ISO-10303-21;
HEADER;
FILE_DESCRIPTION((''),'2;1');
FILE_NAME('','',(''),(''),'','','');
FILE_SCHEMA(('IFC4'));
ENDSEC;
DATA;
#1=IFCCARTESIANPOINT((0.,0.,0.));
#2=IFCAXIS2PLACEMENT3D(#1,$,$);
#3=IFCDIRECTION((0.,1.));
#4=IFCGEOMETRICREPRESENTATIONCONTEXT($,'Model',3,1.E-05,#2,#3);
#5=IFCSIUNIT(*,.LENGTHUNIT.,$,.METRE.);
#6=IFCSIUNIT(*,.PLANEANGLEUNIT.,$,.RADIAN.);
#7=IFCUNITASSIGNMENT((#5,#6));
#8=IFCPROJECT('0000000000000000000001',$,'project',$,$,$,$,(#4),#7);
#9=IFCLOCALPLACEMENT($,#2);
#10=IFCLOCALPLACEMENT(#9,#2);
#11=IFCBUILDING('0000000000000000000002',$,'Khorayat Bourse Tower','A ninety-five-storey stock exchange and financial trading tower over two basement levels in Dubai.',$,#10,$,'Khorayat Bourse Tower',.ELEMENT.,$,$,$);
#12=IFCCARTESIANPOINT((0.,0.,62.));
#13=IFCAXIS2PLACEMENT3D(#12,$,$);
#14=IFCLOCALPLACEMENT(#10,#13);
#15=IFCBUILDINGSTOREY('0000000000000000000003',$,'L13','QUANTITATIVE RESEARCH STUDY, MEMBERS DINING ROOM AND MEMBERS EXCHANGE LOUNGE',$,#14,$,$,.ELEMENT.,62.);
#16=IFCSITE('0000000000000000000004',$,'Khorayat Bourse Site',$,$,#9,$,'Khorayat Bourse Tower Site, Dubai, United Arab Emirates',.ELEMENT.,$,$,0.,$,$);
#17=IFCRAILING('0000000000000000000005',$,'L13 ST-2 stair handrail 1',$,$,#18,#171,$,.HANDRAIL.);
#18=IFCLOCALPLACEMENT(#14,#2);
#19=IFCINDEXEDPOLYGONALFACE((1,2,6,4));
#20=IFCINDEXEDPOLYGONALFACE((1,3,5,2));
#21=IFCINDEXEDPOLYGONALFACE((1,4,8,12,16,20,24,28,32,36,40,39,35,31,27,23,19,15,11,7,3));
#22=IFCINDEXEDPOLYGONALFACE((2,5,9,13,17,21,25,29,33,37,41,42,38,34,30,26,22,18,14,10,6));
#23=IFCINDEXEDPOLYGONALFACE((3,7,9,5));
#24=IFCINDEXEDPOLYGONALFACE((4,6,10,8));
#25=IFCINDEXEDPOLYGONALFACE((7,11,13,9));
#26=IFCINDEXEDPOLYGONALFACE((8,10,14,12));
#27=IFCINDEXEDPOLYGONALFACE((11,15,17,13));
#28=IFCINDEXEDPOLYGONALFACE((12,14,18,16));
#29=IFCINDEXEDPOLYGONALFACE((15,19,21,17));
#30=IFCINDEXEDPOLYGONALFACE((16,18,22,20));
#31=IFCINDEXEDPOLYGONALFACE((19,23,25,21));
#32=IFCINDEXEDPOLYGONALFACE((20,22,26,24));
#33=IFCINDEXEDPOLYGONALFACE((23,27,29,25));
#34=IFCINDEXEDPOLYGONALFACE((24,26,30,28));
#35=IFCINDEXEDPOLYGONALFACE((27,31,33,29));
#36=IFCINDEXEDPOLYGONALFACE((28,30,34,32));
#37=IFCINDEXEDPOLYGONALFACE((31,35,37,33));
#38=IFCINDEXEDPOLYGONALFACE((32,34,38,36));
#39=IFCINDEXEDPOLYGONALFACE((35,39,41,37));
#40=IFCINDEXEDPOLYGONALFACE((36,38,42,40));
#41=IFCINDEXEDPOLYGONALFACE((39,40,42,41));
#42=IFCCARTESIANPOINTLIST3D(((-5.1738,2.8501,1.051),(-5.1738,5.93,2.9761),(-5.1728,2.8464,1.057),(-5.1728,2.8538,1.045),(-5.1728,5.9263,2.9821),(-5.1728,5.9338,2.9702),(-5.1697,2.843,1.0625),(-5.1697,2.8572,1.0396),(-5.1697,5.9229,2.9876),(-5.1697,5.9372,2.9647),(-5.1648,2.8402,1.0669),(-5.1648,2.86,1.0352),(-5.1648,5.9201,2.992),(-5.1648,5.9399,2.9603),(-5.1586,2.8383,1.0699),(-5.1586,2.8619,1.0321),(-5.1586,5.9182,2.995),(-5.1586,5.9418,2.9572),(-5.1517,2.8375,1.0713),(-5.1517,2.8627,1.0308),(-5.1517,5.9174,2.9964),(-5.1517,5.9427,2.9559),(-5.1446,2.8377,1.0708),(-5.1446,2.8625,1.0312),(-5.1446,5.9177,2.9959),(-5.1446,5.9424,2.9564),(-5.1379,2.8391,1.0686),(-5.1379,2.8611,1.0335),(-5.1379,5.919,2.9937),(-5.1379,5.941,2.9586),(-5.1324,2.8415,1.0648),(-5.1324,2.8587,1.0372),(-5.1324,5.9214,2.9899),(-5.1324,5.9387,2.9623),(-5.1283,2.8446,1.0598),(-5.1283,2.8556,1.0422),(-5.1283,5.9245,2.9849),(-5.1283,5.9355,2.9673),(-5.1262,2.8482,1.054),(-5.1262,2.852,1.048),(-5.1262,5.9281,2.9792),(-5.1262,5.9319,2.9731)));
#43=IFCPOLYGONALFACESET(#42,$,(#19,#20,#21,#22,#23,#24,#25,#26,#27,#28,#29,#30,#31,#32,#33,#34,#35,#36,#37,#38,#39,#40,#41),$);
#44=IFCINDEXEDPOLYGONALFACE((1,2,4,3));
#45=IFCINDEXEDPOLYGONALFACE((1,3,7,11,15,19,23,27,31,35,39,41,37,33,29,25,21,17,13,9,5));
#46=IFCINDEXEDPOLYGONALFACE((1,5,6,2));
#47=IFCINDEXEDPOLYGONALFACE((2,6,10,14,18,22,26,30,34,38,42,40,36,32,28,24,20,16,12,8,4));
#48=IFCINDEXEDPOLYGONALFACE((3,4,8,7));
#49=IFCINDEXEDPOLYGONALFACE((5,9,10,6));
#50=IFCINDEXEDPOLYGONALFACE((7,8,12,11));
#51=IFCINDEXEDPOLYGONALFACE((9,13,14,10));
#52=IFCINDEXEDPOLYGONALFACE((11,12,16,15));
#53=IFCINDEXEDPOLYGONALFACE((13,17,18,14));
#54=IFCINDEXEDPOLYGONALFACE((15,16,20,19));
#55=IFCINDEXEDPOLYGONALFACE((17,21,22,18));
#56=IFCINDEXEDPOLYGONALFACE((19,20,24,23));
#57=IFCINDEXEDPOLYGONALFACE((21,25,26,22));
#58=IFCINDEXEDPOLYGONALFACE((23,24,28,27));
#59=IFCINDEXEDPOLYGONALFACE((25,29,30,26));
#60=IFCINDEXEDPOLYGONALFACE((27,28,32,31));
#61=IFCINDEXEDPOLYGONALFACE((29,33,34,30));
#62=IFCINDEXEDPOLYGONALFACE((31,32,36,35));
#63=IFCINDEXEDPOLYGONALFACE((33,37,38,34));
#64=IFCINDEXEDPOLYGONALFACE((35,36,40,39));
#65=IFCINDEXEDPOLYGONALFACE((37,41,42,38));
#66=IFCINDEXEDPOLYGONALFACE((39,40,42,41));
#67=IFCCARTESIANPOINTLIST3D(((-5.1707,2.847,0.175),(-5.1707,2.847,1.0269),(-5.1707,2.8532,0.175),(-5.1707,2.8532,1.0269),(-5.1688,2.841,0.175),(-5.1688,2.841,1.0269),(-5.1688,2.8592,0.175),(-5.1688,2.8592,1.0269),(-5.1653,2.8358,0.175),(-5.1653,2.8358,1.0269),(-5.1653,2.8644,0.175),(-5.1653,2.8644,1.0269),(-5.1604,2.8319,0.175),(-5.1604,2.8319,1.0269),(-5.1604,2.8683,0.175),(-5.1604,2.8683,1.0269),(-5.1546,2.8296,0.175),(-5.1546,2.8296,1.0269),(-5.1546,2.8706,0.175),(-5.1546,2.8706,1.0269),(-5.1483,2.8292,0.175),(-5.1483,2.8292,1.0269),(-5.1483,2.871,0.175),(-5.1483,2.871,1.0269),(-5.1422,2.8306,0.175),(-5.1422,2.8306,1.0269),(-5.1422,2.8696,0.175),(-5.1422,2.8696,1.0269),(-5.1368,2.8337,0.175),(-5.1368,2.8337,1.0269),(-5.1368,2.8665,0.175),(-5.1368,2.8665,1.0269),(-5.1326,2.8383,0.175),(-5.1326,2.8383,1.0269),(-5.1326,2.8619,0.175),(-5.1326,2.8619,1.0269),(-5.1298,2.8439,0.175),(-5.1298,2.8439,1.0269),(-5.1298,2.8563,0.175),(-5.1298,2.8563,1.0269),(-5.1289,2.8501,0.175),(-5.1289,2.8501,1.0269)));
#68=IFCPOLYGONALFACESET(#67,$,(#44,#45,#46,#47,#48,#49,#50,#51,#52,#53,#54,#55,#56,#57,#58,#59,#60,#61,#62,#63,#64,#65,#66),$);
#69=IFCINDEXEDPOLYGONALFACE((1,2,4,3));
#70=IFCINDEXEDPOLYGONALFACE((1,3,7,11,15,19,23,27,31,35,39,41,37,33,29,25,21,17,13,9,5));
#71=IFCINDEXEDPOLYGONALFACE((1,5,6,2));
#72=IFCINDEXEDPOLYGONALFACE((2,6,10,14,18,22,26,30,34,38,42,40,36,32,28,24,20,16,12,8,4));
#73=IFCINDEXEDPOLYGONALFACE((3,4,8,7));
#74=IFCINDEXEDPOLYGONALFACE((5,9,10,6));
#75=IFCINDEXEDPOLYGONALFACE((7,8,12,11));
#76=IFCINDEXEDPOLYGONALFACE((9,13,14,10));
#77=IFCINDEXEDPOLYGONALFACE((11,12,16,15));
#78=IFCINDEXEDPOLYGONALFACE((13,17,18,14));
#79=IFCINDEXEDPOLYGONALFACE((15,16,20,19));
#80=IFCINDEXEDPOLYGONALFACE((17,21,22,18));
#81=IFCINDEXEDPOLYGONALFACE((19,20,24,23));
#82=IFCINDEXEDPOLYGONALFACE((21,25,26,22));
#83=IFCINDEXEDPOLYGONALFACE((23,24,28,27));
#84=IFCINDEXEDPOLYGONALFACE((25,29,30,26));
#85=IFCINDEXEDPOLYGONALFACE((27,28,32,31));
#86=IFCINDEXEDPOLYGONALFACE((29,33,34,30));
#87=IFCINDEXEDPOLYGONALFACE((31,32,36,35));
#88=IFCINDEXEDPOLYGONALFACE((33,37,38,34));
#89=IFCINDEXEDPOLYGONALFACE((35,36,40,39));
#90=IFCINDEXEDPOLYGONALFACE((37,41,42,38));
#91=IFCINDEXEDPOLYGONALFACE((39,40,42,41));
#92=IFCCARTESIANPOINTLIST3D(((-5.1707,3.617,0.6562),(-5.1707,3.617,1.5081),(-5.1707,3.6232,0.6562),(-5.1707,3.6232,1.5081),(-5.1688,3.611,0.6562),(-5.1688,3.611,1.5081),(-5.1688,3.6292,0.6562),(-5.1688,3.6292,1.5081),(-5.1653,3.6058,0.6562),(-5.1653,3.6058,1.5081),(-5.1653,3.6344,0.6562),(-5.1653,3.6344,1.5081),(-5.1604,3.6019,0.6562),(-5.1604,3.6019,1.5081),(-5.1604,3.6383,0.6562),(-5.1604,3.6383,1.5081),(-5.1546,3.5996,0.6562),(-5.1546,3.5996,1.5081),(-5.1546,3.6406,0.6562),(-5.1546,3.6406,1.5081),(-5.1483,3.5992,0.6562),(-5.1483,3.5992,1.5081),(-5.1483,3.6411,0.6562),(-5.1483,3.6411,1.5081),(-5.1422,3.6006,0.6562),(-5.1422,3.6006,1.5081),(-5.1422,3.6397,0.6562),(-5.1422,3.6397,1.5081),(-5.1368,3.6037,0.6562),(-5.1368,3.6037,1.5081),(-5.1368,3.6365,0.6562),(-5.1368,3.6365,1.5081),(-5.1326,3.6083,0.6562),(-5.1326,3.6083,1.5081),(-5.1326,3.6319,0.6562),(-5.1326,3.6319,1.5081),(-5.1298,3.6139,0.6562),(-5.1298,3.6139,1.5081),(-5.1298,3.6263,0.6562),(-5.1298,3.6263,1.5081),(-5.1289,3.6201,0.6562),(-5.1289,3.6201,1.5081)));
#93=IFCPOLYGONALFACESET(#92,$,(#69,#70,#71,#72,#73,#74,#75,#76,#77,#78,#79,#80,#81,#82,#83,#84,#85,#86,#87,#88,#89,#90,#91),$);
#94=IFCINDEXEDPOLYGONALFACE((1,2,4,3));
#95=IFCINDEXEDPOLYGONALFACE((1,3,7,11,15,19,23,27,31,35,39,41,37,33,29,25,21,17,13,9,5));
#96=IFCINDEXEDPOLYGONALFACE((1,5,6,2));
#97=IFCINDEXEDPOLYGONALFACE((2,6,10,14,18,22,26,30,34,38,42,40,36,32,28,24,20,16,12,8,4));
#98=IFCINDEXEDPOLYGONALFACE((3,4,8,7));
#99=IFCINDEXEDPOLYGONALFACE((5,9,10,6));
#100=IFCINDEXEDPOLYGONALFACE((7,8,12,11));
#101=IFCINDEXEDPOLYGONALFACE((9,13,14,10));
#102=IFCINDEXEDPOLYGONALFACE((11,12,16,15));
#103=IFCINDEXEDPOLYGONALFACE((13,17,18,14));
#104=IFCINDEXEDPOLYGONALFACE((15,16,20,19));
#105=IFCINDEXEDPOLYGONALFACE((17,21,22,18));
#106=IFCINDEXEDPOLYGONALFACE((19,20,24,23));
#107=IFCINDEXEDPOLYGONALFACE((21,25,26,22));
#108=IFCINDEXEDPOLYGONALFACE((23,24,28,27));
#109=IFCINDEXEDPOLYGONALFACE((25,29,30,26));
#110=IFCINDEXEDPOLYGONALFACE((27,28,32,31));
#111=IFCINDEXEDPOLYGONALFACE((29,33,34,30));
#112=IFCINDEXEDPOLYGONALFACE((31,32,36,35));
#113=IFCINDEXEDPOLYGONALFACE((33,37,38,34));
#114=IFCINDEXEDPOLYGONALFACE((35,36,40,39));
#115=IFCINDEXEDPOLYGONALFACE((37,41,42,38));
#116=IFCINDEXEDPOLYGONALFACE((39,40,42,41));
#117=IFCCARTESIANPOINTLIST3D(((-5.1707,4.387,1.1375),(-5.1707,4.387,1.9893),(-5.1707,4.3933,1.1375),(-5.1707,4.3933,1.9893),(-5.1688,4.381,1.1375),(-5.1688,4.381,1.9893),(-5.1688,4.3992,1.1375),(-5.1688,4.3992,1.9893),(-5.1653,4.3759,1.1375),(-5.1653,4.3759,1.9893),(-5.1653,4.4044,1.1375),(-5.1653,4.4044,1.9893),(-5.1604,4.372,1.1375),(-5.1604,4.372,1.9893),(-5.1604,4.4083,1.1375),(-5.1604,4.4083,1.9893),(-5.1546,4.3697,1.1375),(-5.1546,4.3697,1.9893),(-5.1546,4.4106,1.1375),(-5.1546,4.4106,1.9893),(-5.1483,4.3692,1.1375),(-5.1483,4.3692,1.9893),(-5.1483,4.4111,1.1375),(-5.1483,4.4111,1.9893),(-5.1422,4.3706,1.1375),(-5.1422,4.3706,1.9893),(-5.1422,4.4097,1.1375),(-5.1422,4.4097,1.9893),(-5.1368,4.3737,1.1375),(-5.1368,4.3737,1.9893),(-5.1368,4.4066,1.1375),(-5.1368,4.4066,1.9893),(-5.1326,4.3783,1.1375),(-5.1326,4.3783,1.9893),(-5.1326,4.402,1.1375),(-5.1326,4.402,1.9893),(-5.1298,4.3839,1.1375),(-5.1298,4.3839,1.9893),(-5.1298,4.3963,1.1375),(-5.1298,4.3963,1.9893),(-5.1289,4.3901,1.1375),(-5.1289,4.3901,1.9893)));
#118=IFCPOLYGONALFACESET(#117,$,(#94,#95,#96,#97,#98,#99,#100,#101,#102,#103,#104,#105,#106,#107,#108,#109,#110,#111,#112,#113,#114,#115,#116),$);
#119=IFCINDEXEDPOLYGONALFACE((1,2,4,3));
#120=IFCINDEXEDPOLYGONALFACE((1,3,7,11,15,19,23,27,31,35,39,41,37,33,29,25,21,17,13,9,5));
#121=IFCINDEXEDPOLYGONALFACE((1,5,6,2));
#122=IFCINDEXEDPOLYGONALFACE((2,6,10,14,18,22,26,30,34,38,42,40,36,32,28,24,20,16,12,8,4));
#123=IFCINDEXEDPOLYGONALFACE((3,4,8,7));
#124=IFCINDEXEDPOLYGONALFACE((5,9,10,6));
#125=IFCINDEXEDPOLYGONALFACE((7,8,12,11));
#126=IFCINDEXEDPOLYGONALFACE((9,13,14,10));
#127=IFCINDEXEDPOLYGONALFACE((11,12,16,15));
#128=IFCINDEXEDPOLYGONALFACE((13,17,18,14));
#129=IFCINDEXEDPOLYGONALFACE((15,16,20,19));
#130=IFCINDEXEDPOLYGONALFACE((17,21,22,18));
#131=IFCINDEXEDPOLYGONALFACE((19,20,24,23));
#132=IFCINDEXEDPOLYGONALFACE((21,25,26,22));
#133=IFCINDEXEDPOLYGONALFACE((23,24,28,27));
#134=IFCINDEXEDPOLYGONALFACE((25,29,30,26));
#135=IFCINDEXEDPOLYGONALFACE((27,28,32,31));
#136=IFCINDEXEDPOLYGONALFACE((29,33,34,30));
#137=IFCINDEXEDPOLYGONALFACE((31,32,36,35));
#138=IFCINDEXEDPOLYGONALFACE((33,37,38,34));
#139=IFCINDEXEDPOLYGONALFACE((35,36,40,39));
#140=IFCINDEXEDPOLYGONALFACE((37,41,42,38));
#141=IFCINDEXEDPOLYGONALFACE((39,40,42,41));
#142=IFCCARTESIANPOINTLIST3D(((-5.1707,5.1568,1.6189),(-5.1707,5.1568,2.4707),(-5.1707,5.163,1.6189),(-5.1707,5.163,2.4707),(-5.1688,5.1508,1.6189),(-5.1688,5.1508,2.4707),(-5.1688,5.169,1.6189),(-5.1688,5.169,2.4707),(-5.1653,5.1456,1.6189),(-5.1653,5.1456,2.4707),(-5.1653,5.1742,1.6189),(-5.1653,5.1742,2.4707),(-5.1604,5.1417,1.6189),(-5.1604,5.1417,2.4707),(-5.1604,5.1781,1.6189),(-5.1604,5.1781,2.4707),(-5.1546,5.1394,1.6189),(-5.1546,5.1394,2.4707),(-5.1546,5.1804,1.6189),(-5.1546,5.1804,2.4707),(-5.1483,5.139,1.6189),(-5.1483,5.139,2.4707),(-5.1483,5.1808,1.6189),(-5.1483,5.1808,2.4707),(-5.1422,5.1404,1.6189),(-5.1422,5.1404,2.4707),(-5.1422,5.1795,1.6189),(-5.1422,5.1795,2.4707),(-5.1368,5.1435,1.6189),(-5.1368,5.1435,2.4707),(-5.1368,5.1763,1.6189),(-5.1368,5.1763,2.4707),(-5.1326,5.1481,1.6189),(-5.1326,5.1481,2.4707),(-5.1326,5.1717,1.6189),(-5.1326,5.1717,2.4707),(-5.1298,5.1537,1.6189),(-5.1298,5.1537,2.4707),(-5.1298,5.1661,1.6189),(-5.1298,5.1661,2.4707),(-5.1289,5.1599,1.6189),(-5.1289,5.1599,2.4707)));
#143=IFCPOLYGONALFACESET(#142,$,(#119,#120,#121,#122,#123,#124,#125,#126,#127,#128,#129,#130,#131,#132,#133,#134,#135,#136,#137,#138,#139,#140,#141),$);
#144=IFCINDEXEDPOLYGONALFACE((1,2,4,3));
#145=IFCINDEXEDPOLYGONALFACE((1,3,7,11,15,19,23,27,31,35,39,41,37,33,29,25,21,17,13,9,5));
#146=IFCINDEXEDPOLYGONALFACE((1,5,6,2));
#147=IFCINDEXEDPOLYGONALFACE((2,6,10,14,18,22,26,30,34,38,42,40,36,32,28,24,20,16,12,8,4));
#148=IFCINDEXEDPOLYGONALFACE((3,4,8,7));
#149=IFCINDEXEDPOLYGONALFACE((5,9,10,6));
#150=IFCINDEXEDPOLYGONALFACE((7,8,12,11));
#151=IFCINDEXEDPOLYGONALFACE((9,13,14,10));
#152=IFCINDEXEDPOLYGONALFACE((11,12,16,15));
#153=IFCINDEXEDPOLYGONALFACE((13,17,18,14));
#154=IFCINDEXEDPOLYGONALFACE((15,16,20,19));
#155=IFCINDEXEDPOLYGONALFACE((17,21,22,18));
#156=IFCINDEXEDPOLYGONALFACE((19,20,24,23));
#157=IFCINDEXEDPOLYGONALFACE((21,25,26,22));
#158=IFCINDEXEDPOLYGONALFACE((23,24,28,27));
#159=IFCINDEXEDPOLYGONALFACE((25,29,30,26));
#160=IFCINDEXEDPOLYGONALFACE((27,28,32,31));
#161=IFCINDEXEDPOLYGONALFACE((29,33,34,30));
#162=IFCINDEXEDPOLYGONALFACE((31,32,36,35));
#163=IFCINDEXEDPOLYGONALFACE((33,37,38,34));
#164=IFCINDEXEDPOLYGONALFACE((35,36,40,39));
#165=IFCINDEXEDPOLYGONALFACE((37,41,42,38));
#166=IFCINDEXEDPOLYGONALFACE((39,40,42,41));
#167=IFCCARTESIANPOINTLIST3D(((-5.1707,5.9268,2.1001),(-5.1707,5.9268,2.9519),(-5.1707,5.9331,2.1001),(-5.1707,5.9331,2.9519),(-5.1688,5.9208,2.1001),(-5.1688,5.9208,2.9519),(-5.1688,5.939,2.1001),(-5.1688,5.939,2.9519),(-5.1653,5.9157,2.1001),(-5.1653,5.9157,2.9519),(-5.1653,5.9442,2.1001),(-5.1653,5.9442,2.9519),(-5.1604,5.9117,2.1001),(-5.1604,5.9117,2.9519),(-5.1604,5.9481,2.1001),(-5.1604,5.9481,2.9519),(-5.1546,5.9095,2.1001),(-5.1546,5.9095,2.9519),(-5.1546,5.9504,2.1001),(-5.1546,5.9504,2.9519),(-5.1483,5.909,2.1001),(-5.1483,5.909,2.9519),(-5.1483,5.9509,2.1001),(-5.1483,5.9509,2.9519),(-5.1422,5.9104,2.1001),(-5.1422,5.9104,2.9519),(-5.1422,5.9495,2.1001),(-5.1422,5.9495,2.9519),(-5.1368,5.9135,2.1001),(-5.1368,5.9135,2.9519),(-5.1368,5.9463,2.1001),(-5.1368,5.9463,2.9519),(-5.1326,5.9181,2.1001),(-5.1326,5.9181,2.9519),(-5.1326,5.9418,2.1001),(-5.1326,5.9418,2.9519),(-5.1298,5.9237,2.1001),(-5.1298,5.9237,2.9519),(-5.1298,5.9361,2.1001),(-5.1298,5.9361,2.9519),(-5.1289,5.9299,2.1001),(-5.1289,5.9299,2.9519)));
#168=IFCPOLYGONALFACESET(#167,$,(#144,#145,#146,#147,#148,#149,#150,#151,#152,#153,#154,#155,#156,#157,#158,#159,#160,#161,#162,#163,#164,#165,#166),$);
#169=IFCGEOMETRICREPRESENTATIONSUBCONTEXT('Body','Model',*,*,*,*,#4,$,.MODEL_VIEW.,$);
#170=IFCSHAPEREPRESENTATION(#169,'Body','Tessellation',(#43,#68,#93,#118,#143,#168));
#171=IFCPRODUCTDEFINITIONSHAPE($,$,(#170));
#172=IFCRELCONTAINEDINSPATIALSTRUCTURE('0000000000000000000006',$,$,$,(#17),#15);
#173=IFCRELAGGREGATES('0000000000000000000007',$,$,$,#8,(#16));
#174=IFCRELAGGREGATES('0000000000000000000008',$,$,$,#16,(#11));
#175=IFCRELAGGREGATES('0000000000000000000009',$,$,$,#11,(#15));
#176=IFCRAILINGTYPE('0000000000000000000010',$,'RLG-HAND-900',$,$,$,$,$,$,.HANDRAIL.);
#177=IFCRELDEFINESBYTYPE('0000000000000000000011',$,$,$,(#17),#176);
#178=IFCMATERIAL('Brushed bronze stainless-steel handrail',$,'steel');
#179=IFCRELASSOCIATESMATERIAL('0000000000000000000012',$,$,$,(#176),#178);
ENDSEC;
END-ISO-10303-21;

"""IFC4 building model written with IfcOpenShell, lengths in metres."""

from ifc_helpers import new_model, si_unit, direction, frame, origin, origin_2d, place, context, subcontext, project, spatial, circle, extrude, source, transform, mapped, material, type_object, element, save


model = new_model("IFC4")

# Units and contexts
model_context = context("Model", 3, precision=1e-05, world=origin(), true_north=direction((0.0, 1.0)))
body_context = subcontext(model_context, "Body", "Model", "MODEL_VIEW")
ifc_project = project(units=[si_unit("LENGTHUNIT", "METRE"), si_unit("PLANEANGLEUNIT", "RADIAN")], contexts=[model_context])

# Site, building, storey
site_placement = place(None, origin())
site = spatial("IfcSite", under=ifc_project, at=site_placement, Name="Khorayat Bourse Site", LongName="Khorayat Bourse Tower Site, Dubai, United Arab Emirates", CompositionType="ELEMENT", RefElevation=0.0)
building_placement = place(site_placement, origin())
building = spatial("IfcBuilding", under=site, at=building_placement, Name="Khorayat Bourse Tower", Description="A ninety-five-storey stock exchange and financial trading tower over two basement levels in Dubai.", LongName="Khorayat Bourse Tower", CompositionType="ELEMENT")
storey_placement = place(building_placement, frame((0.0, 0.0, 62.0)))
storey = spatial("IfcBuildingStorey", under=building, at=storey_placement, Name="L13", Description="QUANTITATIVE RESEARCH STUDY, MEMBERS DINING ROOM AND MEMBERS EXCHANGE LOUNGE", CompositionType="ELEMENT", Elevation=62.0)

# Railing
ifc_material_1 = material(Name="Brushed bronze stainless-steel handrail", Category="steel")
railing_type_1 = type_object("IfcRailingType", Name="RLG-HAND-900", PredefinedType="HANDRAIL", material=ifc_material_1)
shared_shape_1 = source(origin(), body_context, "Body", "SweptSolid", [
    extrude(circle(Radius=0.0239, at=origin_2d()), frame((0.0, 0.0, 0.876), z_axis=(0.0, 0.847979, 0.530029), x_axis=(-1.0, 0.0, 0.0)), (0.0, 0.0, 1.0), 3.6321),
    extrude(circle(Radius=0.021, at=origin_2d()), origin(), (0.0, 0.0, 1.0), 0.8518),
    extrude(circle(Radius=0.021, at=origin_2d()), frame((0.0, 0.77, 0.4812)), (0.0, 0.0, 1.0), 0.8518),
    extrude(circle(Radius=0.021, at=origin_2d()), frame((0.0, 1.54, 0.9624)), (0.0, 0.0, 1.0), 0.8518),
    extrude(circle(Radius=0.021, at=origin_2d()), frame((0.0, 2.3098, 1.4438)), (0.0, 0.0, 1.0), 0.8518),
    extrude(circle(Radius=0.021, at=origin_2d()), frame((0.0, 3.0798, 1.925)), (0.0, 0.0, 1.0), 0.8518),
])
railing_1_placement = place(storey_placement, frame((-5.1499, 2.8501, 0.175)))
element("IfcRailing", 1, at=railing_1_placement, inside=storey, type_object=railing_type_1, Name="L13 ST-2 stair handrail 1", PredefinedType="HANDRAIL", context=body_context, shape_type="MappedRepresentation", body=[
    mapped(shared_shape_1, transform((0.0, 0.0, 0.0), scale=1.0)),
])

save(model, "model.ifc")
